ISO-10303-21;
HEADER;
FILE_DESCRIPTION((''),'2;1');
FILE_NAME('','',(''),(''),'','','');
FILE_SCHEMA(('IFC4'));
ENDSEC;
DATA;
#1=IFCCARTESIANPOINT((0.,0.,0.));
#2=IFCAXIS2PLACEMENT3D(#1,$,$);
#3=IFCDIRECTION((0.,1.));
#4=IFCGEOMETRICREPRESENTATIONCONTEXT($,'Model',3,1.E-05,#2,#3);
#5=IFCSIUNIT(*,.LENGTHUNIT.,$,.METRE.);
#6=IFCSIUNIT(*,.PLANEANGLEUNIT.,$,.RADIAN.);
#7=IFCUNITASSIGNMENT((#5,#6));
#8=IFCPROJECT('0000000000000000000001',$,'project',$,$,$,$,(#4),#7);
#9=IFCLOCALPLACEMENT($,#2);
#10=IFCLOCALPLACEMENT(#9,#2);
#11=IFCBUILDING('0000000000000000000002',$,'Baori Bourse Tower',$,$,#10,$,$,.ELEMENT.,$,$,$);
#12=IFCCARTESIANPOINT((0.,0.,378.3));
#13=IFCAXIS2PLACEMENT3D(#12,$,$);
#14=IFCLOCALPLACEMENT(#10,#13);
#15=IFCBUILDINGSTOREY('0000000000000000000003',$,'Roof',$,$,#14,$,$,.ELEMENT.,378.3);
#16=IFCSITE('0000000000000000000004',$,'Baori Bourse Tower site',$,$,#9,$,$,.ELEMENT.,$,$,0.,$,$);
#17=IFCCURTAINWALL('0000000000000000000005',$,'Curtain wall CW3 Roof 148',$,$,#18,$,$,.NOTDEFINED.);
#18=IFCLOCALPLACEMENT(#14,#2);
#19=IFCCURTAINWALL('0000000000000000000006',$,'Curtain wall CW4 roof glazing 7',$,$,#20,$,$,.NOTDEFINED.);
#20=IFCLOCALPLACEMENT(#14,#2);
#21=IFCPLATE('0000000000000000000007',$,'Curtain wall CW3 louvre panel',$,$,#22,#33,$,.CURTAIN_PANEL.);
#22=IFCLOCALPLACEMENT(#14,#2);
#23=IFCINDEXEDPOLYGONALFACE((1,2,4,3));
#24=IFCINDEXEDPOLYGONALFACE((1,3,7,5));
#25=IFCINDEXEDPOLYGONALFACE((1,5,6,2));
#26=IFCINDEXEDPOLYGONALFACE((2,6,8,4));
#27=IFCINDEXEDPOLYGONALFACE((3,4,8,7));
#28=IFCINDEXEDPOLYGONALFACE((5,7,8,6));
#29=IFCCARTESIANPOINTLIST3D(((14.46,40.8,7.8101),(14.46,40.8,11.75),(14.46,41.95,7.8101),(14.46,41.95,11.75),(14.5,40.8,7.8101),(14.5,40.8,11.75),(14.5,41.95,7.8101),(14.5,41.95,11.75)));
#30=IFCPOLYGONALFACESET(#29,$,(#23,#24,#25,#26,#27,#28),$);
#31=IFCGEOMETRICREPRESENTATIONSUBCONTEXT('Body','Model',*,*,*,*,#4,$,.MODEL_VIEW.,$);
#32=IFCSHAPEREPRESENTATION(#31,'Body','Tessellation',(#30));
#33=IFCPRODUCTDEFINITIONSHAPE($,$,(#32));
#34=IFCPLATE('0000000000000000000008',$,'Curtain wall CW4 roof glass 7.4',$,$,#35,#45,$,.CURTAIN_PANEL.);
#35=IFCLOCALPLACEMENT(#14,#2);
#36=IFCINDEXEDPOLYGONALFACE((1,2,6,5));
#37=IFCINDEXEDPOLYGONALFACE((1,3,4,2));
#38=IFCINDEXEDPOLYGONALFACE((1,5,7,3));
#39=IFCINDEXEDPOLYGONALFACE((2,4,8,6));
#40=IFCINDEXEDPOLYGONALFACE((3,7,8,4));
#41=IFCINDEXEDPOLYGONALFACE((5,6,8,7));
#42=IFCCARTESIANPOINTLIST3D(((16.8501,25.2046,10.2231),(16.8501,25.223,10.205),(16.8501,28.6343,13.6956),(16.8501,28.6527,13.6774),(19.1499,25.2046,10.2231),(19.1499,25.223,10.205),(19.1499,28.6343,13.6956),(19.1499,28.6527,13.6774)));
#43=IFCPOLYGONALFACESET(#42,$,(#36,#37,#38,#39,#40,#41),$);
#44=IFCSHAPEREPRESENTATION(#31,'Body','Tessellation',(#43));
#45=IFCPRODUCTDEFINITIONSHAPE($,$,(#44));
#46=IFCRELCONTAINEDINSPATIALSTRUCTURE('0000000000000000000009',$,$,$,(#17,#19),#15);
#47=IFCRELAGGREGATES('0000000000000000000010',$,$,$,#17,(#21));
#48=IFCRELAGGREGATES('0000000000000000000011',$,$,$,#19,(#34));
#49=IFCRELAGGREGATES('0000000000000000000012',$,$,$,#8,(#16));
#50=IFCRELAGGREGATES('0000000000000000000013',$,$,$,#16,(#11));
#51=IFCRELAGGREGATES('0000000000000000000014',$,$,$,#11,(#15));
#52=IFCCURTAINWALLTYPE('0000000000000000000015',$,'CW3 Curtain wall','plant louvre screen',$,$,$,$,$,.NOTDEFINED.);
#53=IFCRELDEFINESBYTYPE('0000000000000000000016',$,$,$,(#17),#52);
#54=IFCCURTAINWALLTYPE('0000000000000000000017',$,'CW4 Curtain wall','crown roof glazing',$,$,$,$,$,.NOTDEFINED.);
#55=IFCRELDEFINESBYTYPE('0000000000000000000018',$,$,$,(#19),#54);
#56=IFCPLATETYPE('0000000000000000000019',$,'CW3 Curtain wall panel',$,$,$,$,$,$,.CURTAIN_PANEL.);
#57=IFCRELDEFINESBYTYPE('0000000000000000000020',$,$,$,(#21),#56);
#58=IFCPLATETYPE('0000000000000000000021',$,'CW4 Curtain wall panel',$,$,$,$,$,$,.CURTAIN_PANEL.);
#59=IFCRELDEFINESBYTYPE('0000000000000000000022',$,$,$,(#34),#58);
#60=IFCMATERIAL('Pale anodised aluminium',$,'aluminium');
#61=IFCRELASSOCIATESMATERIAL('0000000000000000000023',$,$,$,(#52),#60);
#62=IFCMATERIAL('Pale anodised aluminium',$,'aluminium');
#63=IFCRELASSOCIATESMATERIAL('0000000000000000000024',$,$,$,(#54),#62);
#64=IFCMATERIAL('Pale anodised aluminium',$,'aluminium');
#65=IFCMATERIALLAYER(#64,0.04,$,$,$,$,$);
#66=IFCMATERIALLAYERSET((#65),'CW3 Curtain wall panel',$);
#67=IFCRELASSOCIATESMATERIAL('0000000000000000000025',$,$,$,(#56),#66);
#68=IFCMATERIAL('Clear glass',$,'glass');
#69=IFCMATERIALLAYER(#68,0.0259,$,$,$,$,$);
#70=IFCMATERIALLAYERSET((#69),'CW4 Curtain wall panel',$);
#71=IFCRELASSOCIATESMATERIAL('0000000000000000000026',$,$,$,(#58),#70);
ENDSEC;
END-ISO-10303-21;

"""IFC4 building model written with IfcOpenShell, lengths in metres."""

from ifc_helpers import new_model, si_unit, direction, frame, origin, origin_2d, place, context, subcontext, project, spatial, polyline, rectangle, outline, extrude, material, layer, layer_set, type_object, element, aggregate, save


model = new_model("IFC4")

# Units and contexts
model_context = context("Model", 3, precision=1e-05, world=origin(), true_north=direction((0.0, 1.0)))
body_context = subcontext(model_context, "Body", "Model", "MODEL_VIEW")
ifc_project = project(units=[si_unit("LENGTHUNIT", "METRE"), si_unit("PLANEANGLEUNIT", "RADIAN")], contexts=[model_context])

# Site, building, storey
site_placement = place(None, origin())
site = spatial("IfcSite", under=ifc_project, at=site_placement, Name="Baori Bourse Tower site", CompositionType="ELEMENT", RefElevation=0.0)
building_placement = place(site_placement, origin())
building = spatial("IfcBuilding", under=site, at=building_placement, Name="Baori Bourse Tower", CompositionType="ELEMENT")
storey_placement = place(building_placement, frame((0.0, 0.0, 378.3)))
storey = spatial("IfcBuildingStorey", under=building, at=storey_placement, Name="Roof", CompositionType="ELEMENT", Elevation=378.3)

# Curtain wall
ifc_material_1 = material(Name="Pale anodised aluminium", Category="aluminium")
curtain_wall_type_1 = type_object("IfcCurtainWallType", Name="CW3 Curtain wall", Description="plant louvre screen", PredefinedType="NOTDEFINED", material=ifc_material_1)
curtain_wall_1_placement = place(storey_placement, origin())
curtain_wall_1 = element("IfcCurtainWall", 1, at=curtain_wall_1_placement, inside=storey, type_object=curtain_wall_type_1, Name="Curtain wall CW3 Roof 148", PredefinedType="NOTDEFINED")

# Curtain wall
ifc_material_2 = material(Name="Pale anodised aluminium", Category="aluminium")
curtain_wall_type_2 = type_object("IfcCurtainWallType", Name="CW4 Curtain wall", Description="crown roof glazing", PredefinedType="NOTDEFINED", material=ifc_material_2)
curtain_wall_2_placement = place(storey_placement, origin())
curtain_wall_2 = element("IfcCurtainWall", 2, at=curtain_wall_2_placement, inside=storey, type_object=curtain_wall_type_2, Name="Curtain wall CW4 roof glazing 7", PredefinedType="NOTDEFINED")

# Plates
ifc_material_3 = material(Name="Pale anodised aluminium", Category="aluminium")
ifc_layer_1 = layer(ifc_material_3, 0.04)
ifc_layer_set_1 = layer_set([ifc_layer_1], Name="CW3 Curtain wall panel")
plate_type_1 = type_object("IfcPlateType", Name="CW3 Curtain wall panel", PredefinedType="CURTAIN_PANEL", material=ifc_layer_set_1)
plate_1_placement = place(storey_placement, frame((14.48, 41.375, 7.8101), z_axis=(0.0, 0.0, 1.0), x_axis=(0.0, -1.0, 0.0)))
plate_1 = element("IfcPlate", 3, at=plate_1_placement, type_object=plate_type_1, Name="Curtain wall CW3 louvre panel", PredefinedType="CURTAIN_PANEL", context=body_context, shape_type="SweptSolid", body=[
    extrude(rectangle(XDim=1.1499, YDim=0.04, at=origin_2d()), origin(), (0.0, 0.0, 1.0), 3.9399),
])
aggregate(curtain_wall_1, [plate_1])
ifc_material_4 = material(Name="Clear glass", Category="glass")
ifc_layer_2 = layer(ifc_material_4, 0.0259)
ifc_layer_set_2 = layer_set([ifc_layer_2], Name="CW4 Curtain wall panel")
plate_type_2 = type_object("IfcPlateType", Name="CW4 Curtain wall panel", PredefinedType="CURTAIN_PANEL", material=ifc_layer_set_2)
plate_2_placement = place(storey_placement, frame((16.8501, 25.2046, 10.2231), z_axis=(0.0, -0.71147, 0.702716), x_axis=(1.0, 0.0, 0.0)))
plate_2 = element("IfcPlate", 4, at=plate_2_placement, type_object=plate_type_2, Name="Curtain wall CW4 roof glass 7.4", PredefinedType="CURTAIN_PANEL", context=body_context, shape_type="SweptSolid", body=[
    extrude(outline(polyline([(0.0, 0.0), (2.2998, 0.0), (2.2998, 4.8806), (0.0, 4.8806), (0.0, 0.0)])), origin(), (0.0, 0.0, -1.0), 0.0259),
])
aggregate(curtain_wall_2, [plate_2])

save(model, "model.ifc")
